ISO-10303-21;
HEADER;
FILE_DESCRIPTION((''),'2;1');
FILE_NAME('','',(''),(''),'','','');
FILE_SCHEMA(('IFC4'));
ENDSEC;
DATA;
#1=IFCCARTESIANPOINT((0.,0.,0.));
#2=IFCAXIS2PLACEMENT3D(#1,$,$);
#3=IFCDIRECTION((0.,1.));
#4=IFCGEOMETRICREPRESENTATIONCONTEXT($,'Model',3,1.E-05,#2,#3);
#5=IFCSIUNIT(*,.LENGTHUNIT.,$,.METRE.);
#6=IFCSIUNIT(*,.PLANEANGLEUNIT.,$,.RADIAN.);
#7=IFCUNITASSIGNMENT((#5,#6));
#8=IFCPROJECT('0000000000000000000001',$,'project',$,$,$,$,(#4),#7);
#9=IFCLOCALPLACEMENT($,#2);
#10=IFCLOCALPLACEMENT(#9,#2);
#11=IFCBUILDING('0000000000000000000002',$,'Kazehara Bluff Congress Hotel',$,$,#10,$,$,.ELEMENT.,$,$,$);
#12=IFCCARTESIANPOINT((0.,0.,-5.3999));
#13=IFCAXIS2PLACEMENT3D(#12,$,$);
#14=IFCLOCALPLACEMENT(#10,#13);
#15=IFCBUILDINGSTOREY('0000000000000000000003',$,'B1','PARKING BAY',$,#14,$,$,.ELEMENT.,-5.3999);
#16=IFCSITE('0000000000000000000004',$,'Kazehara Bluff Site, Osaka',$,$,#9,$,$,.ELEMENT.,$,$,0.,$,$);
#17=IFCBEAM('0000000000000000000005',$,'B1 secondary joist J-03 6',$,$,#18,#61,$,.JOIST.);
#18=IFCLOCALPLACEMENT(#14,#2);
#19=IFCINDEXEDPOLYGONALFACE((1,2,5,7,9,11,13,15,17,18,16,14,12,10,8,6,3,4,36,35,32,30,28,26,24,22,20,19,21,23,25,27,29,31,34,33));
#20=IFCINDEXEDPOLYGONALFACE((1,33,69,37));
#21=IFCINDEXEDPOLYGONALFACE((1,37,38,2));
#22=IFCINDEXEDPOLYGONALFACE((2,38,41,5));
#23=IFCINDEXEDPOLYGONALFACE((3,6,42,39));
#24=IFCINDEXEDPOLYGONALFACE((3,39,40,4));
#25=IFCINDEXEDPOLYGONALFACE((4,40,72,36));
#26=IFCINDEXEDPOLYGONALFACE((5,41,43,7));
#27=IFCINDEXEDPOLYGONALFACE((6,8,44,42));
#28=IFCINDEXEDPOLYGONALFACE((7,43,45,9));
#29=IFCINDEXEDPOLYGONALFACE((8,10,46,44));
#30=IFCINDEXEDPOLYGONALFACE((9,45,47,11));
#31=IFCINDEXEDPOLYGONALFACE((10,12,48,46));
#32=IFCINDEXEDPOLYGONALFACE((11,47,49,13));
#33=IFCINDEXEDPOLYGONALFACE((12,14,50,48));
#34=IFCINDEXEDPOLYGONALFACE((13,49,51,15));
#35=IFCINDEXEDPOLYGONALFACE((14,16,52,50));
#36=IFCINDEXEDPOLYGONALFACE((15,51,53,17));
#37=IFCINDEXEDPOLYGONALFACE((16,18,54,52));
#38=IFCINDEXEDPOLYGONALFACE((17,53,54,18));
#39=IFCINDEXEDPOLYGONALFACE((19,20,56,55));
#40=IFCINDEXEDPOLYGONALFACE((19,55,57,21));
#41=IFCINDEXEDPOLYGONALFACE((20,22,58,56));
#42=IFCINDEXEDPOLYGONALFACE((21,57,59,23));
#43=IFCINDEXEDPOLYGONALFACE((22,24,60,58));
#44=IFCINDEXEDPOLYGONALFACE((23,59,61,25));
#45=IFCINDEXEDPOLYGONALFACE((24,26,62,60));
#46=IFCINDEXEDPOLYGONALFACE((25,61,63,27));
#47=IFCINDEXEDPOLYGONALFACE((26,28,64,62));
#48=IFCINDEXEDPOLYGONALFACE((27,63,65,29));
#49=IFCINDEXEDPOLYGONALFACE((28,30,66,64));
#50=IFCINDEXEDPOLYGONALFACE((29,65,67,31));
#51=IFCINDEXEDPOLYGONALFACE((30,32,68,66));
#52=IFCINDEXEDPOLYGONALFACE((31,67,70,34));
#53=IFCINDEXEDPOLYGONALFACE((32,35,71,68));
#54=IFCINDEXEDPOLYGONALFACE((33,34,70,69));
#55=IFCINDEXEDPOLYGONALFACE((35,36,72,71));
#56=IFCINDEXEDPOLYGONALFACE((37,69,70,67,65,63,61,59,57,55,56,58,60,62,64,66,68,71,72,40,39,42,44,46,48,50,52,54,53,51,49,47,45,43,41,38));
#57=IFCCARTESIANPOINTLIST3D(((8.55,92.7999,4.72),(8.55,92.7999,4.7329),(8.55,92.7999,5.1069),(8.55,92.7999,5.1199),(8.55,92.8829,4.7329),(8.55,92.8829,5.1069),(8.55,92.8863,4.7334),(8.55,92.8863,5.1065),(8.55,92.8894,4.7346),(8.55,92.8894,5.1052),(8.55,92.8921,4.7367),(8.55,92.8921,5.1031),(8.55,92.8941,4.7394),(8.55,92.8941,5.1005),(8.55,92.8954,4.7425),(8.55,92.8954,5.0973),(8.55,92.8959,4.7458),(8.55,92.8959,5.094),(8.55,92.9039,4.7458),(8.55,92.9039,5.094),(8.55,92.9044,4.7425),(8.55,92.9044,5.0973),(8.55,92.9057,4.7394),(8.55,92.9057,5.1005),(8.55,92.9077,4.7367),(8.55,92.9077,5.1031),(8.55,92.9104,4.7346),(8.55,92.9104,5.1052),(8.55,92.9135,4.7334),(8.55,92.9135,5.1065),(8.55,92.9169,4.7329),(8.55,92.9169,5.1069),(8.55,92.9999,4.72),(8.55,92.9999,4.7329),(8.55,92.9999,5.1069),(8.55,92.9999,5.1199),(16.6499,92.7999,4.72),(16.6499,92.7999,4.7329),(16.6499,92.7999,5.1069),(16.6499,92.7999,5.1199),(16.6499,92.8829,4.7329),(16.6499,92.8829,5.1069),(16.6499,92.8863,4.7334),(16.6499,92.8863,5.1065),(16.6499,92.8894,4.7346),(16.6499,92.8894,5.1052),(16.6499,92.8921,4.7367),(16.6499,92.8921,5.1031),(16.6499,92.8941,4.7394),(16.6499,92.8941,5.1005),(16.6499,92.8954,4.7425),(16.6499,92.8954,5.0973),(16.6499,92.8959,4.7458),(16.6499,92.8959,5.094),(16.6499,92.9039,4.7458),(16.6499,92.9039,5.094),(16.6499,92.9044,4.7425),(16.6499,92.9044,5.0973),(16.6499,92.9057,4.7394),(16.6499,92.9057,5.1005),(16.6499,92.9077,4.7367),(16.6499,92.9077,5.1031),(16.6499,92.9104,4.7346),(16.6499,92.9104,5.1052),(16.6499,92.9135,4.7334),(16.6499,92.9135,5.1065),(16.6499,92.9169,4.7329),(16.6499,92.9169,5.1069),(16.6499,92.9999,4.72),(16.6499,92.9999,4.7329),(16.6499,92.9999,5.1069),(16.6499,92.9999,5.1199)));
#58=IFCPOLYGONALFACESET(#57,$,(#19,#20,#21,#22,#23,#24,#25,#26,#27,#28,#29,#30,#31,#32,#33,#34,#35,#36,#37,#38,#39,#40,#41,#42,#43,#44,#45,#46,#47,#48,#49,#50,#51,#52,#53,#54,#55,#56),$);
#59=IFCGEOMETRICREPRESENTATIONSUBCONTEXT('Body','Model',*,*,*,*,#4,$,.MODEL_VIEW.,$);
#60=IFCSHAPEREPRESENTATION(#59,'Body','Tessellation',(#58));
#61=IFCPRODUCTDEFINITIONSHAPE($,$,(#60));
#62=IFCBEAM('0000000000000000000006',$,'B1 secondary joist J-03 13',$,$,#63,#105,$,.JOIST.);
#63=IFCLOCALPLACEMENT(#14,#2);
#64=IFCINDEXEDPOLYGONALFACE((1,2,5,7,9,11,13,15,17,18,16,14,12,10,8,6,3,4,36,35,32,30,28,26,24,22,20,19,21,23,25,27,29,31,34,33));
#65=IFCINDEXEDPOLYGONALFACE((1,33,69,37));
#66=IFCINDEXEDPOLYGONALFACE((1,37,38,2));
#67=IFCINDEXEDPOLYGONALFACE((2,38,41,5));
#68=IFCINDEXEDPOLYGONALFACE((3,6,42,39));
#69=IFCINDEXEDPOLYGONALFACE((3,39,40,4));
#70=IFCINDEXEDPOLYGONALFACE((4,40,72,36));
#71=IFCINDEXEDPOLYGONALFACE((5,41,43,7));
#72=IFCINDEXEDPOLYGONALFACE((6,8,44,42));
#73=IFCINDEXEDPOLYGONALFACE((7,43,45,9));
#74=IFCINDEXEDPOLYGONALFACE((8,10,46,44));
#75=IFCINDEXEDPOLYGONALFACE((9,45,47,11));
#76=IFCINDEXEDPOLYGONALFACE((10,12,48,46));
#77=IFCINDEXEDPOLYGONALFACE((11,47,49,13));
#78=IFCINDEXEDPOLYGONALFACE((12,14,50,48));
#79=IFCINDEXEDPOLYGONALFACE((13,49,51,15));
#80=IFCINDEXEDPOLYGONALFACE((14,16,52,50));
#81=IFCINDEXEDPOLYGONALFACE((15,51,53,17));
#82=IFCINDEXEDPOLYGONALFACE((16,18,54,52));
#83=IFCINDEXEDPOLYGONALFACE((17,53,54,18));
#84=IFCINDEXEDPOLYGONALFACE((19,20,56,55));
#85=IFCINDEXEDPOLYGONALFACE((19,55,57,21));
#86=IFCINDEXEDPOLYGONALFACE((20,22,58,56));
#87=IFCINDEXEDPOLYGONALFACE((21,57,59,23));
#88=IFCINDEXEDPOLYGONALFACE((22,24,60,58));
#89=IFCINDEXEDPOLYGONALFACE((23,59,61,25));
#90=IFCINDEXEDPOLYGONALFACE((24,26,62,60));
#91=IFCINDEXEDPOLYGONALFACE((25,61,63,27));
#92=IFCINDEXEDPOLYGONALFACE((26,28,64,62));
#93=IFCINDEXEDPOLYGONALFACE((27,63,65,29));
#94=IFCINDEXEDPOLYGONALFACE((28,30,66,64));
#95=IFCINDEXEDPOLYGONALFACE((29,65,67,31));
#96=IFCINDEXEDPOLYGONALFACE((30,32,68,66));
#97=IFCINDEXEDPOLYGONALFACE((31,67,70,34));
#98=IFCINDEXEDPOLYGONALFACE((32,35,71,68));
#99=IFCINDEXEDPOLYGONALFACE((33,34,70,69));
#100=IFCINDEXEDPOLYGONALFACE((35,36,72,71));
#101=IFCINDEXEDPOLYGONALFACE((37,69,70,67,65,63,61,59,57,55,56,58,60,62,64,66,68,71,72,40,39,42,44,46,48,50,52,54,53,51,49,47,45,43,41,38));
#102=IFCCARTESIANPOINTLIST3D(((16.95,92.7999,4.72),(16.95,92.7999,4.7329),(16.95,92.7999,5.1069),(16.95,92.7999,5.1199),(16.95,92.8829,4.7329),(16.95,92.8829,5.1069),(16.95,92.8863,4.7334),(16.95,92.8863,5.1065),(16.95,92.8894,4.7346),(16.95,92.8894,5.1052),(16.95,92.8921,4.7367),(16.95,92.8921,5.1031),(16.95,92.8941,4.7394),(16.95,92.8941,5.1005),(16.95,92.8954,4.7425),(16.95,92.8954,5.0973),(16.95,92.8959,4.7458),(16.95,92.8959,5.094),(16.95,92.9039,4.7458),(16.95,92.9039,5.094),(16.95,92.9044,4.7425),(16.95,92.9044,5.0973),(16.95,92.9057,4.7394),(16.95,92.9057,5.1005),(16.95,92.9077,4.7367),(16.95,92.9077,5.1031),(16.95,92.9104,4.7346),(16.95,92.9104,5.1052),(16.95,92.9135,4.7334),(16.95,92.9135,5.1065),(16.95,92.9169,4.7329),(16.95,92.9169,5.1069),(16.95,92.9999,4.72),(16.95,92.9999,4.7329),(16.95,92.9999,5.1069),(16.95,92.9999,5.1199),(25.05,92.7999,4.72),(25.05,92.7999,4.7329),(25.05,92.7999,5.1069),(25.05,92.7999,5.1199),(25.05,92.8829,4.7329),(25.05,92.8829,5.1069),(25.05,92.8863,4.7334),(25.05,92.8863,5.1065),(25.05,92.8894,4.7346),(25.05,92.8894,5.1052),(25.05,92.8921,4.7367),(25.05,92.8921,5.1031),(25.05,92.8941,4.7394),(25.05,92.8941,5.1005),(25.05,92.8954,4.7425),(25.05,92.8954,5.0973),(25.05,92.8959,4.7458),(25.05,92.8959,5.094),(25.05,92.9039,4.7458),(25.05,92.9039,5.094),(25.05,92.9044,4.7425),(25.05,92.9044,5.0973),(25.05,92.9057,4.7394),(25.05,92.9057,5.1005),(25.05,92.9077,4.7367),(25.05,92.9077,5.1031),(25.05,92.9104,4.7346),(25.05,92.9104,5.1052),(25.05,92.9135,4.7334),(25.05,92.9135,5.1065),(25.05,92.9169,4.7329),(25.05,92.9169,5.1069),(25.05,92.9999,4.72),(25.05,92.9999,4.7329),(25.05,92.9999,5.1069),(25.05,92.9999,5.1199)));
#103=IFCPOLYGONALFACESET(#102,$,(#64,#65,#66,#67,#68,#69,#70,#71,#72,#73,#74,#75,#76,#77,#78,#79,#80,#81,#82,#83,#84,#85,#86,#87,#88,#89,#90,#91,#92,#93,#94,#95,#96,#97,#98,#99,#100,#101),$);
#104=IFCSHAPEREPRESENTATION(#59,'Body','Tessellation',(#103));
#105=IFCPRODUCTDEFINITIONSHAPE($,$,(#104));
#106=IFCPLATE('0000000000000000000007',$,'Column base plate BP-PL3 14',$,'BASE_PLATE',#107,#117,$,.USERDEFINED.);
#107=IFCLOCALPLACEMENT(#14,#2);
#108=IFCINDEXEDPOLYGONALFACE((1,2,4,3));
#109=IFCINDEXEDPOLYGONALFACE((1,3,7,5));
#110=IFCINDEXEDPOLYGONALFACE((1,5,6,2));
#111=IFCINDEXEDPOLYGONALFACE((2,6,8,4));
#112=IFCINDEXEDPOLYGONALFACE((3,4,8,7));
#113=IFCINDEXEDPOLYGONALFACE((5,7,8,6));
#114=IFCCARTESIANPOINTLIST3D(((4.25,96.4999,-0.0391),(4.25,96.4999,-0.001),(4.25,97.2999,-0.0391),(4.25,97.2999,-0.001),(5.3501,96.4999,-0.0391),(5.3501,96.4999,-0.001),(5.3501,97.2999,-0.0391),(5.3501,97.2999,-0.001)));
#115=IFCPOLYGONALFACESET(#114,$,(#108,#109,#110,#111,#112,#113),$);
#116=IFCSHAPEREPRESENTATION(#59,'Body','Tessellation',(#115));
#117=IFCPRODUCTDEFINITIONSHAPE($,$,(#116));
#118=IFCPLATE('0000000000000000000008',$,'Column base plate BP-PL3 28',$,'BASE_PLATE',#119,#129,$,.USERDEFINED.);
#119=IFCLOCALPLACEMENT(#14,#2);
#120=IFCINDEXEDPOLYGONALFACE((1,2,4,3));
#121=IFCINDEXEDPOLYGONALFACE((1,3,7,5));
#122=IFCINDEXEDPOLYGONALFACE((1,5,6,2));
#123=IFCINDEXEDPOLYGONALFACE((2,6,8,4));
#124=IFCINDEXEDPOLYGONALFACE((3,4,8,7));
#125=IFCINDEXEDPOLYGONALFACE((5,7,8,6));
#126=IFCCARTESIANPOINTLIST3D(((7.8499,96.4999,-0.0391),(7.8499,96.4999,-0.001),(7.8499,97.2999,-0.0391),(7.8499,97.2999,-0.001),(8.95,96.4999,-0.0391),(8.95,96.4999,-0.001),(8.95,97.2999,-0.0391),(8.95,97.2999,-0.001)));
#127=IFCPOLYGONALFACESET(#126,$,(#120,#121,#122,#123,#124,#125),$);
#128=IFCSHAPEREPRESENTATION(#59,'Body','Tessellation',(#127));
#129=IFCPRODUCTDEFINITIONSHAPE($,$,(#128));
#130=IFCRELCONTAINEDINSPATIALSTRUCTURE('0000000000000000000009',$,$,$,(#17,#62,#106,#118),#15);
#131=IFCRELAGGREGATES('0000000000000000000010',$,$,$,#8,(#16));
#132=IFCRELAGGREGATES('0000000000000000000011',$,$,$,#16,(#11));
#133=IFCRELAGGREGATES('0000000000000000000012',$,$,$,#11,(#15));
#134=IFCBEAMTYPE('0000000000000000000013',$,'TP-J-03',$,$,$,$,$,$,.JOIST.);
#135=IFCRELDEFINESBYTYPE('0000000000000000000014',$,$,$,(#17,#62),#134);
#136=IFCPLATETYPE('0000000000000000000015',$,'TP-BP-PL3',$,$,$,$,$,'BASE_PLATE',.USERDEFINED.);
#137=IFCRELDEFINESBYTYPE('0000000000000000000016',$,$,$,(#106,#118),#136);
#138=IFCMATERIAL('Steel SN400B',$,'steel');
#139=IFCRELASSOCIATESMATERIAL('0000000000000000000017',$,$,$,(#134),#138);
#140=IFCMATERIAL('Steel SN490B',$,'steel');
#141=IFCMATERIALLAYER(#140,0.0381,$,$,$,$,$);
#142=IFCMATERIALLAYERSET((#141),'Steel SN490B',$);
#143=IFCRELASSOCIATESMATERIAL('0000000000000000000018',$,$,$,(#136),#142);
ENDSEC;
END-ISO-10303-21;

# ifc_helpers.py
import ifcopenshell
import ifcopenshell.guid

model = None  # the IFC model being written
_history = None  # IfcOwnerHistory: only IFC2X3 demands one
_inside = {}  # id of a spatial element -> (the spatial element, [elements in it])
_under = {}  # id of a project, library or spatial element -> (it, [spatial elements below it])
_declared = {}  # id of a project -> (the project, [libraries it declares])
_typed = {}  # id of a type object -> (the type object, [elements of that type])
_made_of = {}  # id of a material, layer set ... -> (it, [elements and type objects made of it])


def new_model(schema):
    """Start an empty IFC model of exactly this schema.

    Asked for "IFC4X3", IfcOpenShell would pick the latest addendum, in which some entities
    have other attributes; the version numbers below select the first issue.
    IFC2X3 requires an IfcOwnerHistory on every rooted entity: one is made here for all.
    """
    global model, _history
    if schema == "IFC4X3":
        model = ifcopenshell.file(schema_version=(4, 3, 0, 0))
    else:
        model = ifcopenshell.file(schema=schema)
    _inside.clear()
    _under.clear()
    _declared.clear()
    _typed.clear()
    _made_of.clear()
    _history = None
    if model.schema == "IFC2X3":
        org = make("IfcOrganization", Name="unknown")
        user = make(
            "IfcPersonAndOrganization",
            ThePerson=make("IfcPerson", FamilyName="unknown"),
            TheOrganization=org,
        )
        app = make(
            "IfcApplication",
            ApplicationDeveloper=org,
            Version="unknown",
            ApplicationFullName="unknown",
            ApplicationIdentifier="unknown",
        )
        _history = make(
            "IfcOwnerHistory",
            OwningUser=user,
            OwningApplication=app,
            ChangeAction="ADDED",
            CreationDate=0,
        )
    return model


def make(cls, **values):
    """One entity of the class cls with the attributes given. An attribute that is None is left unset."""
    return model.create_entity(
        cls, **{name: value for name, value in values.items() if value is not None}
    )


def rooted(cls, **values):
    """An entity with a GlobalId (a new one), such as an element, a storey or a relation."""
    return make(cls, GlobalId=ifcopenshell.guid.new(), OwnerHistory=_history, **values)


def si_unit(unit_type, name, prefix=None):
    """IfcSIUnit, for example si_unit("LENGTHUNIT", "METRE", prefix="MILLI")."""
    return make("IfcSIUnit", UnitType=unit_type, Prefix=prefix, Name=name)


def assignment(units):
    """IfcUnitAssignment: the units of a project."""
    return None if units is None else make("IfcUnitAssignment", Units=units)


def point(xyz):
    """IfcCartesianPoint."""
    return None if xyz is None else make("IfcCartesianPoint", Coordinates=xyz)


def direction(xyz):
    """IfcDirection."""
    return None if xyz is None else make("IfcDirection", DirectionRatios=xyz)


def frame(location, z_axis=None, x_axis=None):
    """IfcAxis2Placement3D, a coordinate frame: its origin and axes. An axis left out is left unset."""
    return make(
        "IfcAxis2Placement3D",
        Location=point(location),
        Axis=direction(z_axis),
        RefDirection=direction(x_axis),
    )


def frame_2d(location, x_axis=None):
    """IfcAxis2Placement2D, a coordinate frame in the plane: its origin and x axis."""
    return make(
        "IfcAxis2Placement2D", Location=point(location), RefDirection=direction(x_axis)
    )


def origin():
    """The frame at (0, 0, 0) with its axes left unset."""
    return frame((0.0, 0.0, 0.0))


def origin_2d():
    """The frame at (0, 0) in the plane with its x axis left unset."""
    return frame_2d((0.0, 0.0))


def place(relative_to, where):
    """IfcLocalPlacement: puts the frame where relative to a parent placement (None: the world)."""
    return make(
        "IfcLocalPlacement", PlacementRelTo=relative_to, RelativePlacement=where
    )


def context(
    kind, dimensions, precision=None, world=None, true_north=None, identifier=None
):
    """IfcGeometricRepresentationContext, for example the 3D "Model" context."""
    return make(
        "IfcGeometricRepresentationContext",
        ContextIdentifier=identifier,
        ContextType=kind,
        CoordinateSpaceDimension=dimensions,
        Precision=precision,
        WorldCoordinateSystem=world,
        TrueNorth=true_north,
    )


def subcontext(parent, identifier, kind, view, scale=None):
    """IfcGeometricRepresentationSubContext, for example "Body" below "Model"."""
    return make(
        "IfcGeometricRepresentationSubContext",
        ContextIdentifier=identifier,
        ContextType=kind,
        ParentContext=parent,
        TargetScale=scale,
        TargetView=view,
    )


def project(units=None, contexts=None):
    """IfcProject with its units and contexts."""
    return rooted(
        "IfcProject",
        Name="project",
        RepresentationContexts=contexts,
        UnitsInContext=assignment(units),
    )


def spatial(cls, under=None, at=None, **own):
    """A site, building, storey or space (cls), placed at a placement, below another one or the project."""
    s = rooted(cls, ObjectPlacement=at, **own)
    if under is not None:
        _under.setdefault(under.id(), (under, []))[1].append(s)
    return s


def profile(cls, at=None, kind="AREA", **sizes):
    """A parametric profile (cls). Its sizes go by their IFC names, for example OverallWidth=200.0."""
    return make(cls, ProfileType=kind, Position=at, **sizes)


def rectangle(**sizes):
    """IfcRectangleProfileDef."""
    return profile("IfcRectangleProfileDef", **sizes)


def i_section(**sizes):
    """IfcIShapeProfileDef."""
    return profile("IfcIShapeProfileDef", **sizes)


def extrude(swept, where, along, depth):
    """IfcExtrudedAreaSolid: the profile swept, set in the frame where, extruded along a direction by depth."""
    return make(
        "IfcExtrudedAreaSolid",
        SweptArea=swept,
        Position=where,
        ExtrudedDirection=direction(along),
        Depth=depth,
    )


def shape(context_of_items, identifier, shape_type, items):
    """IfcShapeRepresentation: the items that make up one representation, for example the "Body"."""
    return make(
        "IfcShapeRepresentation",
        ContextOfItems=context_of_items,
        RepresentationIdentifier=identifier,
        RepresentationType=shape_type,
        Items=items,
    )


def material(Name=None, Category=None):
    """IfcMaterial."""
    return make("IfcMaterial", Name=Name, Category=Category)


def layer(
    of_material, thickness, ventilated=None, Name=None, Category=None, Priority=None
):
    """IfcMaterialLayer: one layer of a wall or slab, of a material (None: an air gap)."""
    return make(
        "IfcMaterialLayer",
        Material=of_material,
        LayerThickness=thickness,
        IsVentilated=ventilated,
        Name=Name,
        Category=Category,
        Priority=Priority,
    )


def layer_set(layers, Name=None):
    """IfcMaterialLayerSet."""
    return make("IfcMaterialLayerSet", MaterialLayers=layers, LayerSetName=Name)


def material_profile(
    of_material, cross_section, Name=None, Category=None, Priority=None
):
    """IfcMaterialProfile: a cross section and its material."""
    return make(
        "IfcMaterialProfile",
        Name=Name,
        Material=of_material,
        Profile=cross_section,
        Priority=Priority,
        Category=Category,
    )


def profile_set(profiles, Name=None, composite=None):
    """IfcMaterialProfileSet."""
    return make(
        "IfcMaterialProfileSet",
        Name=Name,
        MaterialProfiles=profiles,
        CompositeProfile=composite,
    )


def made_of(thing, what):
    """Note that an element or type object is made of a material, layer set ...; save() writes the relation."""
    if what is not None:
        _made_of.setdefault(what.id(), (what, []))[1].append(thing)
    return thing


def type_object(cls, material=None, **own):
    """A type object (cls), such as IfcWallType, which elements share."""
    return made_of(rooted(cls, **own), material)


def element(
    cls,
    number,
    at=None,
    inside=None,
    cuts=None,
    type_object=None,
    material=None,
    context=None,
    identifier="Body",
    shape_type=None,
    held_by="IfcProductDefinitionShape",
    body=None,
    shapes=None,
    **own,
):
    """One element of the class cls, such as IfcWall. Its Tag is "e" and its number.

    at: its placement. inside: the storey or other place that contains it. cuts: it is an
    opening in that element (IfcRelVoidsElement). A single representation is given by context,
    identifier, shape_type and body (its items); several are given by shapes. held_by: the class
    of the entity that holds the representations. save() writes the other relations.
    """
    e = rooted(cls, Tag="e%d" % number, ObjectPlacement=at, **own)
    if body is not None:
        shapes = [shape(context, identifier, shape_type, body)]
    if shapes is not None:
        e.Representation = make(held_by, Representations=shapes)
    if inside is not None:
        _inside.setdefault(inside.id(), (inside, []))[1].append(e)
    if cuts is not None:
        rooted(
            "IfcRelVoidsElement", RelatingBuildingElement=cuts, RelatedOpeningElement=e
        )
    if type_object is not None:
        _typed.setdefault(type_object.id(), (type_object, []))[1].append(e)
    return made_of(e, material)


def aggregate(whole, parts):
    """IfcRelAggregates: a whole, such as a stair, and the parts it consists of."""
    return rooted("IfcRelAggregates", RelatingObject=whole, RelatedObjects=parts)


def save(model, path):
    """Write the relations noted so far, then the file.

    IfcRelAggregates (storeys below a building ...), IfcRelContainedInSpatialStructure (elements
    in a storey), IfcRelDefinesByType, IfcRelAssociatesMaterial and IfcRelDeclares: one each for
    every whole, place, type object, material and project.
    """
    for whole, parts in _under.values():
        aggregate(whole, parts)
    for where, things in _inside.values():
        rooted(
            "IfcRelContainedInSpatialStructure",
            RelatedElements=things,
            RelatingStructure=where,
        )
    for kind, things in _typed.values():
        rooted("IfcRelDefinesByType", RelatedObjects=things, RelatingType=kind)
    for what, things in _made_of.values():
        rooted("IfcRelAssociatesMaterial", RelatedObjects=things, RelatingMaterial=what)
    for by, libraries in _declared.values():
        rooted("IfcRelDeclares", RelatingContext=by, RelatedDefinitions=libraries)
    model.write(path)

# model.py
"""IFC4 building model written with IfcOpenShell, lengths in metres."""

from ifc_helpers import new_model, si_unit, direction, frame, origin, origin_2d, place, context, subcontext, project, spatial, rectangle, i_section, extrude, material, layer, layer_set, material_profile, profile_set, type_object, element, save


model = new_model("IFC4")

# Units and contexts
model_context = context("Model", 3, precision=1e-05, world=origin(), true_north=direction((0.0, 1.0)))
body_context = subcontext(model_context, "Body", "Model", "MODEL_VIEW")
ifc_project = project(units=[si_unit("LENGTHUNIT", "METRE"), si_unit("PLANEANGLEUNIT", "RADIAN")], contexts=[model_context])

# Site, building, storey
site_placement = place(None, origin())
site = spatial("IfcSite", under=ifc_project, at=site_placement, Name="Kazehara Bluff Site, Osaka", CompositionType="ELEMENT", RefElevation=0.0)
building_placement = place(site_placement, origin())
building = spatial("IfcBuilding", under=site, at=building_placement, Name="Kazehara Bluff Congress Hotel", CompositionType="ELEMENT")
storey_placement = place(building_placement, frame((0.0, 0.0, -5.3999)))
storey = spatial("IfcBuildingStorey", under=building, at=storey_placement, Name="B1", Description="PARKING BAY", CompositionType="ELEMENT", Elevation=-5.3999)

# Beams
ifc_material_1 = material(Name="Steel SN400B", Category="steel")
ifc_material_profile_1 = material_profile(ifc_material_1, i_section(OverallWidth=0.2, OverallDepth=0.3999, WebThickness=0.0081, FlangeThickness=0.0129, FilletRadius=0.0129, at=origin_2d()))
ifc_profile_set_1 = profile_set([ifc_material_profile_1], Name="Steel SN400B")
beam_type_1 = type_object("IfcBeamType", Name="TP-J-03", PredefinedType="JOIST", material=ifc_profile_set_1)
beam_1_placement = place(storey_placement, frame((8.55, 92.8999, 4.9199), z_axis=(1.0, 0.0, 0.0), x_axis=(0.0, 1.0, 0.0)))
element("IfcBeam", 1, at=beam_1_placement, inside=storey, type_object=beam_type_1, Name="B1 secondary joist J-03 6", PredefinedType="JOIST", context=body_context, shape_type="SweptSolid", body=[
    extrude(i_section(OverallWidth=0.2, OverallDepth=0.3999, WebThickness=0.0081, FlangeThickness=0.0129, FilletRadius=0.0129, at=origin_2d()), origin(), (0.0, 0.0, 1.0), 8.0999),
])
beam_2_placement = place(storey_placement, frame((16.95, 92.8999, 4.9199), z_axis=(1.0, 0.0, 0.0), x_axis=(0.0, 1.0, 0.0)))
element("IfcBeam", 2, at=beam_2_placement, inside=storey, type_object=beam_type_1, Name="B1 secondary joist J-03 13", PredefinedType="JOIST", context=body_context, shape_type="SweptSolid", body=[
    extrude(i_section(OverallWidth=0.2, OverallDepth=0.3999, WebThickness=0.0081, FlangeThickness=0.0129, FilletRadius=0.0129, at=origin_2d()), origin(), (0.0, 0.0, 1.0), 8.1001),
])

# Plates
ifc_material_2 = material(Name="Steel SN490B", Category="steel")
ifc_layer_1 = layer(ifc_material_2, 0.0381)
ifc_layer_set_1 = layer_set([ifc_layer_1], Name="Steel SN490B")
plate_type = type_object("IfcPlateType", Name="TP-BP-PL3", ElementType="BASE_PLATE", PredefinedType="USERDEFINED", material=ifc_layer_set_1)
for number, where, z_axis, x_axis, name in (
    (3, (4.8, 96.8999, -0.0391), (0.0, 0.0, 1.0), (1.0, 0.0, 0.0), "Column base plate BP-PL3 14"),
    (4, (8.3999, 96.8999, -0.0391), (0.0, 0.0, 1.0), (1.0, 0.0, 0.0), "Column base plate BP-PL3 28"),
):
    element("IfcPlate", number, at=place(storey_placement, frame(where, z_axis=z_axis, x_axis=x_axis)), inside=storey, type_object=plate_type, Name=name, ObjectType="BASE_PLATE", PredefinedType="USERDEFINED", context=body_context, shape_type="SweptSolid", body=[
        extrude(rectangle(XDim=1.1001, YDim=0.8, at=origin_2d()), origin(), (0.0, 0.0, 1.0), 0.0381),
    ])

save(model, "model.ifc")
